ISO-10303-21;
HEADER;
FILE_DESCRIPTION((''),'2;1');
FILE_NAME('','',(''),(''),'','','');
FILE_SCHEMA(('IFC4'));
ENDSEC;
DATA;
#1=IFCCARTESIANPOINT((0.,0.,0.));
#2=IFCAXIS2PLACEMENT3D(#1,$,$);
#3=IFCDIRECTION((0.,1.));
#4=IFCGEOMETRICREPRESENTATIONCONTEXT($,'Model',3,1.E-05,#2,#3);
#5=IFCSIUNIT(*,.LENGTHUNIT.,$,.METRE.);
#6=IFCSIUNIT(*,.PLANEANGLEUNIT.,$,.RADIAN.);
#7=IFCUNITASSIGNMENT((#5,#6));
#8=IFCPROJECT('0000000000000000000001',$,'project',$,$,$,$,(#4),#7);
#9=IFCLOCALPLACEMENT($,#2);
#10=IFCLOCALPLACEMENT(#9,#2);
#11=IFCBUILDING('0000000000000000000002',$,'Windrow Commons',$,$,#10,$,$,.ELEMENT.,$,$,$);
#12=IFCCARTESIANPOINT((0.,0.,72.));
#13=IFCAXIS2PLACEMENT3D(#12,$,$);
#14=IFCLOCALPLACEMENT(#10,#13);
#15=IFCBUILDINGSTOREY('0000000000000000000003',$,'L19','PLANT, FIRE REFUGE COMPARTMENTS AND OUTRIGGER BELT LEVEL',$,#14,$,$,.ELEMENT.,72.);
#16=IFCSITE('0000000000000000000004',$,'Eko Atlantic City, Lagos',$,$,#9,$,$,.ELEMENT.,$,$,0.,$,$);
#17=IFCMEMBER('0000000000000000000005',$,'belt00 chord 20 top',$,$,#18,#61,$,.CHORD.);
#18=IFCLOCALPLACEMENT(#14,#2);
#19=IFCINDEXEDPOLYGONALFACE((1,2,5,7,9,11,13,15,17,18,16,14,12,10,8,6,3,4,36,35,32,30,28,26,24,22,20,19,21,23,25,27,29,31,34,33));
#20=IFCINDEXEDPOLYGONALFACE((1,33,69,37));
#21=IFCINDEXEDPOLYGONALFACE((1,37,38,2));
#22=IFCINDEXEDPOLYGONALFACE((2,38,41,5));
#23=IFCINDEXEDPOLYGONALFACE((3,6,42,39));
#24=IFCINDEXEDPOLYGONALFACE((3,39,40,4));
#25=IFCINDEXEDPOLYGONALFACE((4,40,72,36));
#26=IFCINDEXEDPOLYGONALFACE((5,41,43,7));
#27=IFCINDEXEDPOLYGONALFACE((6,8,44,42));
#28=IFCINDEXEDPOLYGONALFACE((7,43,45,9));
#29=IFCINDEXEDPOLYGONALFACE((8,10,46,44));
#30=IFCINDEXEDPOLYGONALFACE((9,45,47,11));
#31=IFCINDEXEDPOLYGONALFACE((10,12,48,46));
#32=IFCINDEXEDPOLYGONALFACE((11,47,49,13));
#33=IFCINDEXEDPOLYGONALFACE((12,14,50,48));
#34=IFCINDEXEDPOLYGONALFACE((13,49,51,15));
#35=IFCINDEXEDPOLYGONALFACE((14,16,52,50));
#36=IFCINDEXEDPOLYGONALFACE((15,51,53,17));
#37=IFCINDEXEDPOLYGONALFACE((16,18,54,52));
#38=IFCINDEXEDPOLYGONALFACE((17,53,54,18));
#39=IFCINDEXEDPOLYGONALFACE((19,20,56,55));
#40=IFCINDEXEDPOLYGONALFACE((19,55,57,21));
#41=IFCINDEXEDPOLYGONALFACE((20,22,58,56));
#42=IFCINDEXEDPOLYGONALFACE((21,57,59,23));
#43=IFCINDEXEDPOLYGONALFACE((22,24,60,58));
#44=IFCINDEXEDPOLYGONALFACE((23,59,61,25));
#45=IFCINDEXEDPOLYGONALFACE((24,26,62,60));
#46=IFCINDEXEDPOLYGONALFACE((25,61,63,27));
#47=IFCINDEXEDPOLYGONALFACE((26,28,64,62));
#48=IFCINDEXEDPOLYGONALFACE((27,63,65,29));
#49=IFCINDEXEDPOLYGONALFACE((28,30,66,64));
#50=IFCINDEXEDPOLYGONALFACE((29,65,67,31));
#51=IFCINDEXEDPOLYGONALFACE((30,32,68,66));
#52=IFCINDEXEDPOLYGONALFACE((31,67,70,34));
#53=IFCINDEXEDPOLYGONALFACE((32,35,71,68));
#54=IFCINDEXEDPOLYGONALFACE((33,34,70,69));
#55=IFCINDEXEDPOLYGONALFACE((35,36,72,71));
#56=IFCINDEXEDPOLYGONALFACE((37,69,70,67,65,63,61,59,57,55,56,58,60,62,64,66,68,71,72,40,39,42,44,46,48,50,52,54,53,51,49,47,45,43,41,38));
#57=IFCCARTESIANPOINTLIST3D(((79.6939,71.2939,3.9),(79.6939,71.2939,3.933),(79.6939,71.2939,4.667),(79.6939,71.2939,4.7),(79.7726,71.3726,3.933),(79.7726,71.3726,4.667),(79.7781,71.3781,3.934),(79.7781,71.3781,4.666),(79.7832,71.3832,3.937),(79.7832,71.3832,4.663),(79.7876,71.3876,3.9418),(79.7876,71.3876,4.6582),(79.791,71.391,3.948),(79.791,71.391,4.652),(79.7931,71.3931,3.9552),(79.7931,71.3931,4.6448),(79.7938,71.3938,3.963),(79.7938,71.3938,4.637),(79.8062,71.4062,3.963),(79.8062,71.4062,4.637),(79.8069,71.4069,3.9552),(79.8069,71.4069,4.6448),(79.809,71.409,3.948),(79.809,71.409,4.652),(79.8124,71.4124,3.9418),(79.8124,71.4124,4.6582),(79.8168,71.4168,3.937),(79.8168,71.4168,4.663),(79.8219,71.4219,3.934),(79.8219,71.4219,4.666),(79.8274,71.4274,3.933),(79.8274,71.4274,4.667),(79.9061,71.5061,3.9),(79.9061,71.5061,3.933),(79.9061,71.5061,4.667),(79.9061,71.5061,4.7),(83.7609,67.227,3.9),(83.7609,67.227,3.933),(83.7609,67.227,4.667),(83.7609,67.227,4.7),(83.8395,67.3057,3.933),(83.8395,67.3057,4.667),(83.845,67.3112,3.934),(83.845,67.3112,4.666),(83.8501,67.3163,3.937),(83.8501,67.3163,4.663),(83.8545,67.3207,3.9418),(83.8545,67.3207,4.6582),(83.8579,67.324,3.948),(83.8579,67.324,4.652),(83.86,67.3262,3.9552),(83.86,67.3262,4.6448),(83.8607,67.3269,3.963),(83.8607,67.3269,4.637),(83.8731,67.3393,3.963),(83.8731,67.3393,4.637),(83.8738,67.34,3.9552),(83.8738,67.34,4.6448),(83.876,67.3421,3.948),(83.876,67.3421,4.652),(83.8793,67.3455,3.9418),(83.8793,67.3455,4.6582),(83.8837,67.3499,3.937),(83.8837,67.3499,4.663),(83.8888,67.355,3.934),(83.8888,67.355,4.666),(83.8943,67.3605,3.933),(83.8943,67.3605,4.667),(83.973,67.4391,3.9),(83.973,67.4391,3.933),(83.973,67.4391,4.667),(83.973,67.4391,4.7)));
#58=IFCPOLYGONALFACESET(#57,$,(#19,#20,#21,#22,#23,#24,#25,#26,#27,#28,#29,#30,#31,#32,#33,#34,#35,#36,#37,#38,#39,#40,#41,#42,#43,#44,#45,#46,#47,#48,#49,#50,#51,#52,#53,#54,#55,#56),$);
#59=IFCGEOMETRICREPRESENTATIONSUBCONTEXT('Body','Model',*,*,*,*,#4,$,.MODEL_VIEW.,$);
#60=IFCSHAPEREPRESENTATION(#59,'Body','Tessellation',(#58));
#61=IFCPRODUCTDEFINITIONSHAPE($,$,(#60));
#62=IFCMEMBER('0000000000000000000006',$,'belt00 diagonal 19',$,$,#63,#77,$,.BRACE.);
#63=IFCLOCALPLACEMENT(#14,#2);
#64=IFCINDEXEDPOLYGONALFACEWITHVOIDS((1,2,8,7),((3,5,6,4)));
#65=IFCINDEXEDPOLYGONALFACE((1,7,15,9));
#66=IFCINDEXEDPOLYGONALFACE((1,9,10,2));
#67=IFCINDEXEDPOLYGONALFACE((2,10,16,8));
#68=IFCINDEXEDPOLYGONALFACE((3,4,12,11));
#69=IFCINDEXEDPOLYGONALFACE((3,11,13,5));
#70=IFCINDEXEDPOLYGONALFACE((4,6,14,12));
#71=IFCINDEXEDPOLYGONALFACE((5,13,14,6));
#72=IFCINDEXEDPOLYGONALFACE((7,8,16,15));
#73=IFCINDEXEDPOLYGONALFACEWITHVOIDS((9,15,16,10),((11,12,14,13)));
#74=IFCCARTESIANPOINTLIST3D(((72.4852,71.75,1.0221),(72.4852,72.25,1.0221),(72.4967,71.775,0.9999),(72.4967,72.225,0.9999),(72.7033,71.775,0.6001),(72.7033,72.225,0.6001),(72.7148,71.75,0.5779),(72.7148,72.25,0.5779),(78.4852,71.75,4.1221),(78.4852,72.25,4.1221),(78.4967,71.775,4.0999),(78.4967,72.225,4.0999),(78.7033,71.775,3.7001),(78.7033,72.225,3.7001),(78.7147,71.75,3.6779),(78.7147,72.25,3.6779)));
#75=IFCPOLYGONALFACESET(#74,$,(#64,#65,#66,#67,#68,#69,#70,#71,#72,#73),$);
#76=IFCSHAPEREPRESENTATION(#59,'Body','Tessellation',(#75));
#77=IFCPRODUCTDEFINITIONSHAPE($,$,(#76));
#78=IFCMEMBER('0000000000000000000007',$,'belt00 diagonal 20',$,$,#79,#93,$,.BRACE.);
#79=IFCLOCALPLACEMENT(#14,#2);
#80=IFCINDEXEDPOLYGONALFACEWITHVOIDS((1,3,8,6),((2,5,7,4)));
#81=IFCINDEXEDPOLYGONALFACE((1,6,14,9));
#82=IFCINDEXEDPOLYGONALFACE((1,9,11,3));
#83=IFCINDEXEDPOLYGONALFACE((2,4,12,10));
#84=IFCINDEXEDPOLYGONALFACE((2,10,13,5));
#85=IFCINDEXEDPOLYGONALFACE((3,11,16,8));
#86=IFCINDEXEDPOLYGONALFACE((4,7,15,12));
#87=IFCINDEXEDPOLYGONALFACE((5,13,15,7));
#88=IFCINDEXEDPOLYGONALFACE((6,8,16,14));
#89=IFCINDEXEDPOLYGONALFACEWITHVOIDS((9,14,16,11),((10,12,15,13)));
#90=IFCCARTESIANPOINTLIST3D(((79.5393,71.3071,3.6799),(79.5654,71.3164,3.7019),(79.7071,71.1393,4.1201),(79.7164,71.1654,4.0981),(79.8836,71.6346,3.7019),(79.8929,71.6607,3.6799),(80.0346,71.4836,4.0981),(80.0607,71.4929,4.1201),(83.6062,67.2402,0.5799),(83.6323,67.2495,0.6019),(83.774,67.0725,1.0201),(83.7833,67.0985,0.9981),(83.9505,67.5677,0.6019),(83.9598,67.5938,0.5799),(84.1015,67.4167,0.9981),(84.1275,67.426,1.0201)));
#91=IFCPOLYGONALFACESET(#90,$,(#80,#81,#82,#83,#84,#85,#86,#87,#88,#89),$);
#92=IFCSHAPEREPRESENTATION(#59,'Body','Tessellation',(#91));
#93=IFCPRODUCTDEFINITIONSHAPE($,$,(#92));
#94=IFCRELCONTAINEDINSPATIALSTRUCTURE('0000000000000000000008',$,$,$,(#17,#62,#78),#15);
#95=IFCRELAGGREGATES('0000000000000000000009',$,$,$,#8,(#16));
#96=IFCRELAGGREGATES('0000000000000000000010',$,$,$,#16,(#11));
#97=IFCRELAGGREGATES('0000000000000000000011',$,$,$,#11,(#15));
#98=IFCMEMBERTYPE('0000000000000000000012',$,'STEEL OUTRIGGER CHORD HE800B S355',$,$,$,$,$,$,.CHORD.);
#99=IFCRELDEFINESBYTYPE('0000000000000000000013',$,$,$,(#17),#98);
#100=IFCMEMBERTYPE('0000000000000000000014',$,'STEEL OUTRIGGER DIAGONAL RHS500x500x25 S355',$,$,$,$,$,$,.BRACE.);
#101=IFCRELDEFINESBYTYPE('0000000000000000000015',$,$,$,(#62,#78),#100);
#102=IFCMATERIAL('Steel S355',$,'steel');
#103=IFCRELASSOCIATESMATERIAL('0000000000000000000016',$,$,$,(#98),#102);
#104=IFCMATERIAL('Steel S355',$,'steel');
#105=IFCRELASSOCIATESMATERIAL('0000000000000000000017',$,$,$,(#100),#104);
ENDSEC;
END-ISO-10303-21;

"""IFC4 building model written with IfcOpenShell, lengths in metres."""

from ifc_helpers import new_model, si_unit, direction, frame, origin, origin_2d, place, context, subcontext, project, spatial, hollow_rectangle, i_section, extrude, material, material_profile, profile_set, type_object, element, save


model = new_model("IFC4")

# Units and contexts
model_context = context("Model", 3, precision=1e-05, world=origin(), true_north=direction((0.0, 1.0)))
body_context = subcontext(model_context, "Body", "Model", "MODEL_VIEW")
ifc_project = project(units=[si_unit("LENGTHUNIT", "METRE"), si_unit("PLANEANGLEUNIT", "RADIAN")], contexts=[model_context])

# Site, building, storey
site_placement = place(None, origin())
site = spatial("IfcSite", under=ifc_project, at=site_placement, Name="Eko Atlantic City, Lagos", CompositionType="ELEMENT", RefElevation=0.0)
building_placement = place(site_placement, origin())
building = spatial("IfcBuilding", under=site, at=building_placement, Name="Windrow Commons", CompositionType="ELEMENT")
storey_placement = place(building_placement, frame((0.0, 0.0, 72.0)))
storey = spatial("IfcBuildingStorey", under=building, at=storey_placement, Name="L19", Description="PLANT, FIRE REFUGE COMPARTMENTS AND OUTRIGGER BELT LEVEL", CompositionType="ELEMENT", Elevation=72.0)

# Members
ifc_material_1 = material(Name="Steel S355", Category="steel")
ifc_material_profile_1 = material_profile(ifc_material_1, i_section(OverallWidth=0.3, OverallDepth=0.8, WebThickness=0.0175, FlangeThickness=0.033, FilletRadius=0.03, at=origin_2d()))
ifc_profile_set_1 = profile_set([ifc_material_profile_1], Name="Steel S355")
member_type_1 = type_object("IfcMemberType", Name="STEEL OUTRIGGER CHORD HE800B S355", PredefinedType="CHORD", material=ifc_profile_set_1)
for number, where, z_axis, x_axis, name in (
    (1, (79.8, 71.4, 4.3), (0.707107, -0.707107, 0.0), (0.707107, 0.707107, 0.0), "belt00 chord 20 top"),
):
    element("IfcMember", number, at=place(storey_placement, frame(where, z_axis=z_axis, x_axis=x_axis)), inside=storey, type_object=member_type_1, Name=name, PredefinedType="CHORD", context=body_context, shape_type="SweptSolid", body=[
        extrude(i_section(OverallWidth=0.3, OverallDepth=0.8, WebThickness=0.0175, FlangeThickness=0.033, FilletRadius=0.03, at=origin_2d()), origin(), (0.0, 0.0, 1.0), 5.7515),
    ])
ifc_material_2 = material(Name="Steel S355", Category="steel")
ifc_material_profile_2 = material_profile(ifc_material_2, hollow_rectangle(XDim=0.5, YDim=0.5, WallThickness=0.025, at=origin_2d()))
ifc_profile_set_2 = profile_set([ifc_material_profile_2], Name="Steel S355")
member_type_2 = type_object("IfcMemberType", Name="STEEL OUTRIGGER DIAGONAL RHS500x500x25 S355", PredefinedType="BRACE", material=ifc_profile_set_2)
member_1_placement = place(storey_placement, frame((72.6, 72.0, 0.8), z_axis=(0.888426, 0.0, 0.45902), x_axis=(0.0, 1.0, 0.0)))
element("IfcMember", 2, at=member_1_placement, inside=storey, type_object=member_type_2, Name="belt00 diagonal 19", PredefinedType="BRACE", context=body_context, shape_type="SweptSolid", body=[
    extrude(hollow_rectangle(XDim=0.5, YDim=0.5, WallThickness=0.025, at=origin_2d()), origin(), (0.0, 0.0, 1.0), 6.7535),
])
member_2_placement = place(storey_placement, frame((79.8, 71.4, 3.9), z_axis=(0.622449, -0.622449, -0.474463), x_axis=(0.707107, 0.707107, 0.0)))
element("IfcMember", 3, at=member_2_placement, inside=storey, type_object=member_type_2, Name="belt00 diagonal 20", PredefinedType="BRACE", context=body_context, shape_type="SweptSolid", body=[
    extrude(hollow_rectangle(XDim=0.5, YDim=0.5, WallThickness=0.025, at=origin_2d()), origin(), (0.0, 0.0, 1.0), 6.5337),
])

save(model, "model.ifc")
